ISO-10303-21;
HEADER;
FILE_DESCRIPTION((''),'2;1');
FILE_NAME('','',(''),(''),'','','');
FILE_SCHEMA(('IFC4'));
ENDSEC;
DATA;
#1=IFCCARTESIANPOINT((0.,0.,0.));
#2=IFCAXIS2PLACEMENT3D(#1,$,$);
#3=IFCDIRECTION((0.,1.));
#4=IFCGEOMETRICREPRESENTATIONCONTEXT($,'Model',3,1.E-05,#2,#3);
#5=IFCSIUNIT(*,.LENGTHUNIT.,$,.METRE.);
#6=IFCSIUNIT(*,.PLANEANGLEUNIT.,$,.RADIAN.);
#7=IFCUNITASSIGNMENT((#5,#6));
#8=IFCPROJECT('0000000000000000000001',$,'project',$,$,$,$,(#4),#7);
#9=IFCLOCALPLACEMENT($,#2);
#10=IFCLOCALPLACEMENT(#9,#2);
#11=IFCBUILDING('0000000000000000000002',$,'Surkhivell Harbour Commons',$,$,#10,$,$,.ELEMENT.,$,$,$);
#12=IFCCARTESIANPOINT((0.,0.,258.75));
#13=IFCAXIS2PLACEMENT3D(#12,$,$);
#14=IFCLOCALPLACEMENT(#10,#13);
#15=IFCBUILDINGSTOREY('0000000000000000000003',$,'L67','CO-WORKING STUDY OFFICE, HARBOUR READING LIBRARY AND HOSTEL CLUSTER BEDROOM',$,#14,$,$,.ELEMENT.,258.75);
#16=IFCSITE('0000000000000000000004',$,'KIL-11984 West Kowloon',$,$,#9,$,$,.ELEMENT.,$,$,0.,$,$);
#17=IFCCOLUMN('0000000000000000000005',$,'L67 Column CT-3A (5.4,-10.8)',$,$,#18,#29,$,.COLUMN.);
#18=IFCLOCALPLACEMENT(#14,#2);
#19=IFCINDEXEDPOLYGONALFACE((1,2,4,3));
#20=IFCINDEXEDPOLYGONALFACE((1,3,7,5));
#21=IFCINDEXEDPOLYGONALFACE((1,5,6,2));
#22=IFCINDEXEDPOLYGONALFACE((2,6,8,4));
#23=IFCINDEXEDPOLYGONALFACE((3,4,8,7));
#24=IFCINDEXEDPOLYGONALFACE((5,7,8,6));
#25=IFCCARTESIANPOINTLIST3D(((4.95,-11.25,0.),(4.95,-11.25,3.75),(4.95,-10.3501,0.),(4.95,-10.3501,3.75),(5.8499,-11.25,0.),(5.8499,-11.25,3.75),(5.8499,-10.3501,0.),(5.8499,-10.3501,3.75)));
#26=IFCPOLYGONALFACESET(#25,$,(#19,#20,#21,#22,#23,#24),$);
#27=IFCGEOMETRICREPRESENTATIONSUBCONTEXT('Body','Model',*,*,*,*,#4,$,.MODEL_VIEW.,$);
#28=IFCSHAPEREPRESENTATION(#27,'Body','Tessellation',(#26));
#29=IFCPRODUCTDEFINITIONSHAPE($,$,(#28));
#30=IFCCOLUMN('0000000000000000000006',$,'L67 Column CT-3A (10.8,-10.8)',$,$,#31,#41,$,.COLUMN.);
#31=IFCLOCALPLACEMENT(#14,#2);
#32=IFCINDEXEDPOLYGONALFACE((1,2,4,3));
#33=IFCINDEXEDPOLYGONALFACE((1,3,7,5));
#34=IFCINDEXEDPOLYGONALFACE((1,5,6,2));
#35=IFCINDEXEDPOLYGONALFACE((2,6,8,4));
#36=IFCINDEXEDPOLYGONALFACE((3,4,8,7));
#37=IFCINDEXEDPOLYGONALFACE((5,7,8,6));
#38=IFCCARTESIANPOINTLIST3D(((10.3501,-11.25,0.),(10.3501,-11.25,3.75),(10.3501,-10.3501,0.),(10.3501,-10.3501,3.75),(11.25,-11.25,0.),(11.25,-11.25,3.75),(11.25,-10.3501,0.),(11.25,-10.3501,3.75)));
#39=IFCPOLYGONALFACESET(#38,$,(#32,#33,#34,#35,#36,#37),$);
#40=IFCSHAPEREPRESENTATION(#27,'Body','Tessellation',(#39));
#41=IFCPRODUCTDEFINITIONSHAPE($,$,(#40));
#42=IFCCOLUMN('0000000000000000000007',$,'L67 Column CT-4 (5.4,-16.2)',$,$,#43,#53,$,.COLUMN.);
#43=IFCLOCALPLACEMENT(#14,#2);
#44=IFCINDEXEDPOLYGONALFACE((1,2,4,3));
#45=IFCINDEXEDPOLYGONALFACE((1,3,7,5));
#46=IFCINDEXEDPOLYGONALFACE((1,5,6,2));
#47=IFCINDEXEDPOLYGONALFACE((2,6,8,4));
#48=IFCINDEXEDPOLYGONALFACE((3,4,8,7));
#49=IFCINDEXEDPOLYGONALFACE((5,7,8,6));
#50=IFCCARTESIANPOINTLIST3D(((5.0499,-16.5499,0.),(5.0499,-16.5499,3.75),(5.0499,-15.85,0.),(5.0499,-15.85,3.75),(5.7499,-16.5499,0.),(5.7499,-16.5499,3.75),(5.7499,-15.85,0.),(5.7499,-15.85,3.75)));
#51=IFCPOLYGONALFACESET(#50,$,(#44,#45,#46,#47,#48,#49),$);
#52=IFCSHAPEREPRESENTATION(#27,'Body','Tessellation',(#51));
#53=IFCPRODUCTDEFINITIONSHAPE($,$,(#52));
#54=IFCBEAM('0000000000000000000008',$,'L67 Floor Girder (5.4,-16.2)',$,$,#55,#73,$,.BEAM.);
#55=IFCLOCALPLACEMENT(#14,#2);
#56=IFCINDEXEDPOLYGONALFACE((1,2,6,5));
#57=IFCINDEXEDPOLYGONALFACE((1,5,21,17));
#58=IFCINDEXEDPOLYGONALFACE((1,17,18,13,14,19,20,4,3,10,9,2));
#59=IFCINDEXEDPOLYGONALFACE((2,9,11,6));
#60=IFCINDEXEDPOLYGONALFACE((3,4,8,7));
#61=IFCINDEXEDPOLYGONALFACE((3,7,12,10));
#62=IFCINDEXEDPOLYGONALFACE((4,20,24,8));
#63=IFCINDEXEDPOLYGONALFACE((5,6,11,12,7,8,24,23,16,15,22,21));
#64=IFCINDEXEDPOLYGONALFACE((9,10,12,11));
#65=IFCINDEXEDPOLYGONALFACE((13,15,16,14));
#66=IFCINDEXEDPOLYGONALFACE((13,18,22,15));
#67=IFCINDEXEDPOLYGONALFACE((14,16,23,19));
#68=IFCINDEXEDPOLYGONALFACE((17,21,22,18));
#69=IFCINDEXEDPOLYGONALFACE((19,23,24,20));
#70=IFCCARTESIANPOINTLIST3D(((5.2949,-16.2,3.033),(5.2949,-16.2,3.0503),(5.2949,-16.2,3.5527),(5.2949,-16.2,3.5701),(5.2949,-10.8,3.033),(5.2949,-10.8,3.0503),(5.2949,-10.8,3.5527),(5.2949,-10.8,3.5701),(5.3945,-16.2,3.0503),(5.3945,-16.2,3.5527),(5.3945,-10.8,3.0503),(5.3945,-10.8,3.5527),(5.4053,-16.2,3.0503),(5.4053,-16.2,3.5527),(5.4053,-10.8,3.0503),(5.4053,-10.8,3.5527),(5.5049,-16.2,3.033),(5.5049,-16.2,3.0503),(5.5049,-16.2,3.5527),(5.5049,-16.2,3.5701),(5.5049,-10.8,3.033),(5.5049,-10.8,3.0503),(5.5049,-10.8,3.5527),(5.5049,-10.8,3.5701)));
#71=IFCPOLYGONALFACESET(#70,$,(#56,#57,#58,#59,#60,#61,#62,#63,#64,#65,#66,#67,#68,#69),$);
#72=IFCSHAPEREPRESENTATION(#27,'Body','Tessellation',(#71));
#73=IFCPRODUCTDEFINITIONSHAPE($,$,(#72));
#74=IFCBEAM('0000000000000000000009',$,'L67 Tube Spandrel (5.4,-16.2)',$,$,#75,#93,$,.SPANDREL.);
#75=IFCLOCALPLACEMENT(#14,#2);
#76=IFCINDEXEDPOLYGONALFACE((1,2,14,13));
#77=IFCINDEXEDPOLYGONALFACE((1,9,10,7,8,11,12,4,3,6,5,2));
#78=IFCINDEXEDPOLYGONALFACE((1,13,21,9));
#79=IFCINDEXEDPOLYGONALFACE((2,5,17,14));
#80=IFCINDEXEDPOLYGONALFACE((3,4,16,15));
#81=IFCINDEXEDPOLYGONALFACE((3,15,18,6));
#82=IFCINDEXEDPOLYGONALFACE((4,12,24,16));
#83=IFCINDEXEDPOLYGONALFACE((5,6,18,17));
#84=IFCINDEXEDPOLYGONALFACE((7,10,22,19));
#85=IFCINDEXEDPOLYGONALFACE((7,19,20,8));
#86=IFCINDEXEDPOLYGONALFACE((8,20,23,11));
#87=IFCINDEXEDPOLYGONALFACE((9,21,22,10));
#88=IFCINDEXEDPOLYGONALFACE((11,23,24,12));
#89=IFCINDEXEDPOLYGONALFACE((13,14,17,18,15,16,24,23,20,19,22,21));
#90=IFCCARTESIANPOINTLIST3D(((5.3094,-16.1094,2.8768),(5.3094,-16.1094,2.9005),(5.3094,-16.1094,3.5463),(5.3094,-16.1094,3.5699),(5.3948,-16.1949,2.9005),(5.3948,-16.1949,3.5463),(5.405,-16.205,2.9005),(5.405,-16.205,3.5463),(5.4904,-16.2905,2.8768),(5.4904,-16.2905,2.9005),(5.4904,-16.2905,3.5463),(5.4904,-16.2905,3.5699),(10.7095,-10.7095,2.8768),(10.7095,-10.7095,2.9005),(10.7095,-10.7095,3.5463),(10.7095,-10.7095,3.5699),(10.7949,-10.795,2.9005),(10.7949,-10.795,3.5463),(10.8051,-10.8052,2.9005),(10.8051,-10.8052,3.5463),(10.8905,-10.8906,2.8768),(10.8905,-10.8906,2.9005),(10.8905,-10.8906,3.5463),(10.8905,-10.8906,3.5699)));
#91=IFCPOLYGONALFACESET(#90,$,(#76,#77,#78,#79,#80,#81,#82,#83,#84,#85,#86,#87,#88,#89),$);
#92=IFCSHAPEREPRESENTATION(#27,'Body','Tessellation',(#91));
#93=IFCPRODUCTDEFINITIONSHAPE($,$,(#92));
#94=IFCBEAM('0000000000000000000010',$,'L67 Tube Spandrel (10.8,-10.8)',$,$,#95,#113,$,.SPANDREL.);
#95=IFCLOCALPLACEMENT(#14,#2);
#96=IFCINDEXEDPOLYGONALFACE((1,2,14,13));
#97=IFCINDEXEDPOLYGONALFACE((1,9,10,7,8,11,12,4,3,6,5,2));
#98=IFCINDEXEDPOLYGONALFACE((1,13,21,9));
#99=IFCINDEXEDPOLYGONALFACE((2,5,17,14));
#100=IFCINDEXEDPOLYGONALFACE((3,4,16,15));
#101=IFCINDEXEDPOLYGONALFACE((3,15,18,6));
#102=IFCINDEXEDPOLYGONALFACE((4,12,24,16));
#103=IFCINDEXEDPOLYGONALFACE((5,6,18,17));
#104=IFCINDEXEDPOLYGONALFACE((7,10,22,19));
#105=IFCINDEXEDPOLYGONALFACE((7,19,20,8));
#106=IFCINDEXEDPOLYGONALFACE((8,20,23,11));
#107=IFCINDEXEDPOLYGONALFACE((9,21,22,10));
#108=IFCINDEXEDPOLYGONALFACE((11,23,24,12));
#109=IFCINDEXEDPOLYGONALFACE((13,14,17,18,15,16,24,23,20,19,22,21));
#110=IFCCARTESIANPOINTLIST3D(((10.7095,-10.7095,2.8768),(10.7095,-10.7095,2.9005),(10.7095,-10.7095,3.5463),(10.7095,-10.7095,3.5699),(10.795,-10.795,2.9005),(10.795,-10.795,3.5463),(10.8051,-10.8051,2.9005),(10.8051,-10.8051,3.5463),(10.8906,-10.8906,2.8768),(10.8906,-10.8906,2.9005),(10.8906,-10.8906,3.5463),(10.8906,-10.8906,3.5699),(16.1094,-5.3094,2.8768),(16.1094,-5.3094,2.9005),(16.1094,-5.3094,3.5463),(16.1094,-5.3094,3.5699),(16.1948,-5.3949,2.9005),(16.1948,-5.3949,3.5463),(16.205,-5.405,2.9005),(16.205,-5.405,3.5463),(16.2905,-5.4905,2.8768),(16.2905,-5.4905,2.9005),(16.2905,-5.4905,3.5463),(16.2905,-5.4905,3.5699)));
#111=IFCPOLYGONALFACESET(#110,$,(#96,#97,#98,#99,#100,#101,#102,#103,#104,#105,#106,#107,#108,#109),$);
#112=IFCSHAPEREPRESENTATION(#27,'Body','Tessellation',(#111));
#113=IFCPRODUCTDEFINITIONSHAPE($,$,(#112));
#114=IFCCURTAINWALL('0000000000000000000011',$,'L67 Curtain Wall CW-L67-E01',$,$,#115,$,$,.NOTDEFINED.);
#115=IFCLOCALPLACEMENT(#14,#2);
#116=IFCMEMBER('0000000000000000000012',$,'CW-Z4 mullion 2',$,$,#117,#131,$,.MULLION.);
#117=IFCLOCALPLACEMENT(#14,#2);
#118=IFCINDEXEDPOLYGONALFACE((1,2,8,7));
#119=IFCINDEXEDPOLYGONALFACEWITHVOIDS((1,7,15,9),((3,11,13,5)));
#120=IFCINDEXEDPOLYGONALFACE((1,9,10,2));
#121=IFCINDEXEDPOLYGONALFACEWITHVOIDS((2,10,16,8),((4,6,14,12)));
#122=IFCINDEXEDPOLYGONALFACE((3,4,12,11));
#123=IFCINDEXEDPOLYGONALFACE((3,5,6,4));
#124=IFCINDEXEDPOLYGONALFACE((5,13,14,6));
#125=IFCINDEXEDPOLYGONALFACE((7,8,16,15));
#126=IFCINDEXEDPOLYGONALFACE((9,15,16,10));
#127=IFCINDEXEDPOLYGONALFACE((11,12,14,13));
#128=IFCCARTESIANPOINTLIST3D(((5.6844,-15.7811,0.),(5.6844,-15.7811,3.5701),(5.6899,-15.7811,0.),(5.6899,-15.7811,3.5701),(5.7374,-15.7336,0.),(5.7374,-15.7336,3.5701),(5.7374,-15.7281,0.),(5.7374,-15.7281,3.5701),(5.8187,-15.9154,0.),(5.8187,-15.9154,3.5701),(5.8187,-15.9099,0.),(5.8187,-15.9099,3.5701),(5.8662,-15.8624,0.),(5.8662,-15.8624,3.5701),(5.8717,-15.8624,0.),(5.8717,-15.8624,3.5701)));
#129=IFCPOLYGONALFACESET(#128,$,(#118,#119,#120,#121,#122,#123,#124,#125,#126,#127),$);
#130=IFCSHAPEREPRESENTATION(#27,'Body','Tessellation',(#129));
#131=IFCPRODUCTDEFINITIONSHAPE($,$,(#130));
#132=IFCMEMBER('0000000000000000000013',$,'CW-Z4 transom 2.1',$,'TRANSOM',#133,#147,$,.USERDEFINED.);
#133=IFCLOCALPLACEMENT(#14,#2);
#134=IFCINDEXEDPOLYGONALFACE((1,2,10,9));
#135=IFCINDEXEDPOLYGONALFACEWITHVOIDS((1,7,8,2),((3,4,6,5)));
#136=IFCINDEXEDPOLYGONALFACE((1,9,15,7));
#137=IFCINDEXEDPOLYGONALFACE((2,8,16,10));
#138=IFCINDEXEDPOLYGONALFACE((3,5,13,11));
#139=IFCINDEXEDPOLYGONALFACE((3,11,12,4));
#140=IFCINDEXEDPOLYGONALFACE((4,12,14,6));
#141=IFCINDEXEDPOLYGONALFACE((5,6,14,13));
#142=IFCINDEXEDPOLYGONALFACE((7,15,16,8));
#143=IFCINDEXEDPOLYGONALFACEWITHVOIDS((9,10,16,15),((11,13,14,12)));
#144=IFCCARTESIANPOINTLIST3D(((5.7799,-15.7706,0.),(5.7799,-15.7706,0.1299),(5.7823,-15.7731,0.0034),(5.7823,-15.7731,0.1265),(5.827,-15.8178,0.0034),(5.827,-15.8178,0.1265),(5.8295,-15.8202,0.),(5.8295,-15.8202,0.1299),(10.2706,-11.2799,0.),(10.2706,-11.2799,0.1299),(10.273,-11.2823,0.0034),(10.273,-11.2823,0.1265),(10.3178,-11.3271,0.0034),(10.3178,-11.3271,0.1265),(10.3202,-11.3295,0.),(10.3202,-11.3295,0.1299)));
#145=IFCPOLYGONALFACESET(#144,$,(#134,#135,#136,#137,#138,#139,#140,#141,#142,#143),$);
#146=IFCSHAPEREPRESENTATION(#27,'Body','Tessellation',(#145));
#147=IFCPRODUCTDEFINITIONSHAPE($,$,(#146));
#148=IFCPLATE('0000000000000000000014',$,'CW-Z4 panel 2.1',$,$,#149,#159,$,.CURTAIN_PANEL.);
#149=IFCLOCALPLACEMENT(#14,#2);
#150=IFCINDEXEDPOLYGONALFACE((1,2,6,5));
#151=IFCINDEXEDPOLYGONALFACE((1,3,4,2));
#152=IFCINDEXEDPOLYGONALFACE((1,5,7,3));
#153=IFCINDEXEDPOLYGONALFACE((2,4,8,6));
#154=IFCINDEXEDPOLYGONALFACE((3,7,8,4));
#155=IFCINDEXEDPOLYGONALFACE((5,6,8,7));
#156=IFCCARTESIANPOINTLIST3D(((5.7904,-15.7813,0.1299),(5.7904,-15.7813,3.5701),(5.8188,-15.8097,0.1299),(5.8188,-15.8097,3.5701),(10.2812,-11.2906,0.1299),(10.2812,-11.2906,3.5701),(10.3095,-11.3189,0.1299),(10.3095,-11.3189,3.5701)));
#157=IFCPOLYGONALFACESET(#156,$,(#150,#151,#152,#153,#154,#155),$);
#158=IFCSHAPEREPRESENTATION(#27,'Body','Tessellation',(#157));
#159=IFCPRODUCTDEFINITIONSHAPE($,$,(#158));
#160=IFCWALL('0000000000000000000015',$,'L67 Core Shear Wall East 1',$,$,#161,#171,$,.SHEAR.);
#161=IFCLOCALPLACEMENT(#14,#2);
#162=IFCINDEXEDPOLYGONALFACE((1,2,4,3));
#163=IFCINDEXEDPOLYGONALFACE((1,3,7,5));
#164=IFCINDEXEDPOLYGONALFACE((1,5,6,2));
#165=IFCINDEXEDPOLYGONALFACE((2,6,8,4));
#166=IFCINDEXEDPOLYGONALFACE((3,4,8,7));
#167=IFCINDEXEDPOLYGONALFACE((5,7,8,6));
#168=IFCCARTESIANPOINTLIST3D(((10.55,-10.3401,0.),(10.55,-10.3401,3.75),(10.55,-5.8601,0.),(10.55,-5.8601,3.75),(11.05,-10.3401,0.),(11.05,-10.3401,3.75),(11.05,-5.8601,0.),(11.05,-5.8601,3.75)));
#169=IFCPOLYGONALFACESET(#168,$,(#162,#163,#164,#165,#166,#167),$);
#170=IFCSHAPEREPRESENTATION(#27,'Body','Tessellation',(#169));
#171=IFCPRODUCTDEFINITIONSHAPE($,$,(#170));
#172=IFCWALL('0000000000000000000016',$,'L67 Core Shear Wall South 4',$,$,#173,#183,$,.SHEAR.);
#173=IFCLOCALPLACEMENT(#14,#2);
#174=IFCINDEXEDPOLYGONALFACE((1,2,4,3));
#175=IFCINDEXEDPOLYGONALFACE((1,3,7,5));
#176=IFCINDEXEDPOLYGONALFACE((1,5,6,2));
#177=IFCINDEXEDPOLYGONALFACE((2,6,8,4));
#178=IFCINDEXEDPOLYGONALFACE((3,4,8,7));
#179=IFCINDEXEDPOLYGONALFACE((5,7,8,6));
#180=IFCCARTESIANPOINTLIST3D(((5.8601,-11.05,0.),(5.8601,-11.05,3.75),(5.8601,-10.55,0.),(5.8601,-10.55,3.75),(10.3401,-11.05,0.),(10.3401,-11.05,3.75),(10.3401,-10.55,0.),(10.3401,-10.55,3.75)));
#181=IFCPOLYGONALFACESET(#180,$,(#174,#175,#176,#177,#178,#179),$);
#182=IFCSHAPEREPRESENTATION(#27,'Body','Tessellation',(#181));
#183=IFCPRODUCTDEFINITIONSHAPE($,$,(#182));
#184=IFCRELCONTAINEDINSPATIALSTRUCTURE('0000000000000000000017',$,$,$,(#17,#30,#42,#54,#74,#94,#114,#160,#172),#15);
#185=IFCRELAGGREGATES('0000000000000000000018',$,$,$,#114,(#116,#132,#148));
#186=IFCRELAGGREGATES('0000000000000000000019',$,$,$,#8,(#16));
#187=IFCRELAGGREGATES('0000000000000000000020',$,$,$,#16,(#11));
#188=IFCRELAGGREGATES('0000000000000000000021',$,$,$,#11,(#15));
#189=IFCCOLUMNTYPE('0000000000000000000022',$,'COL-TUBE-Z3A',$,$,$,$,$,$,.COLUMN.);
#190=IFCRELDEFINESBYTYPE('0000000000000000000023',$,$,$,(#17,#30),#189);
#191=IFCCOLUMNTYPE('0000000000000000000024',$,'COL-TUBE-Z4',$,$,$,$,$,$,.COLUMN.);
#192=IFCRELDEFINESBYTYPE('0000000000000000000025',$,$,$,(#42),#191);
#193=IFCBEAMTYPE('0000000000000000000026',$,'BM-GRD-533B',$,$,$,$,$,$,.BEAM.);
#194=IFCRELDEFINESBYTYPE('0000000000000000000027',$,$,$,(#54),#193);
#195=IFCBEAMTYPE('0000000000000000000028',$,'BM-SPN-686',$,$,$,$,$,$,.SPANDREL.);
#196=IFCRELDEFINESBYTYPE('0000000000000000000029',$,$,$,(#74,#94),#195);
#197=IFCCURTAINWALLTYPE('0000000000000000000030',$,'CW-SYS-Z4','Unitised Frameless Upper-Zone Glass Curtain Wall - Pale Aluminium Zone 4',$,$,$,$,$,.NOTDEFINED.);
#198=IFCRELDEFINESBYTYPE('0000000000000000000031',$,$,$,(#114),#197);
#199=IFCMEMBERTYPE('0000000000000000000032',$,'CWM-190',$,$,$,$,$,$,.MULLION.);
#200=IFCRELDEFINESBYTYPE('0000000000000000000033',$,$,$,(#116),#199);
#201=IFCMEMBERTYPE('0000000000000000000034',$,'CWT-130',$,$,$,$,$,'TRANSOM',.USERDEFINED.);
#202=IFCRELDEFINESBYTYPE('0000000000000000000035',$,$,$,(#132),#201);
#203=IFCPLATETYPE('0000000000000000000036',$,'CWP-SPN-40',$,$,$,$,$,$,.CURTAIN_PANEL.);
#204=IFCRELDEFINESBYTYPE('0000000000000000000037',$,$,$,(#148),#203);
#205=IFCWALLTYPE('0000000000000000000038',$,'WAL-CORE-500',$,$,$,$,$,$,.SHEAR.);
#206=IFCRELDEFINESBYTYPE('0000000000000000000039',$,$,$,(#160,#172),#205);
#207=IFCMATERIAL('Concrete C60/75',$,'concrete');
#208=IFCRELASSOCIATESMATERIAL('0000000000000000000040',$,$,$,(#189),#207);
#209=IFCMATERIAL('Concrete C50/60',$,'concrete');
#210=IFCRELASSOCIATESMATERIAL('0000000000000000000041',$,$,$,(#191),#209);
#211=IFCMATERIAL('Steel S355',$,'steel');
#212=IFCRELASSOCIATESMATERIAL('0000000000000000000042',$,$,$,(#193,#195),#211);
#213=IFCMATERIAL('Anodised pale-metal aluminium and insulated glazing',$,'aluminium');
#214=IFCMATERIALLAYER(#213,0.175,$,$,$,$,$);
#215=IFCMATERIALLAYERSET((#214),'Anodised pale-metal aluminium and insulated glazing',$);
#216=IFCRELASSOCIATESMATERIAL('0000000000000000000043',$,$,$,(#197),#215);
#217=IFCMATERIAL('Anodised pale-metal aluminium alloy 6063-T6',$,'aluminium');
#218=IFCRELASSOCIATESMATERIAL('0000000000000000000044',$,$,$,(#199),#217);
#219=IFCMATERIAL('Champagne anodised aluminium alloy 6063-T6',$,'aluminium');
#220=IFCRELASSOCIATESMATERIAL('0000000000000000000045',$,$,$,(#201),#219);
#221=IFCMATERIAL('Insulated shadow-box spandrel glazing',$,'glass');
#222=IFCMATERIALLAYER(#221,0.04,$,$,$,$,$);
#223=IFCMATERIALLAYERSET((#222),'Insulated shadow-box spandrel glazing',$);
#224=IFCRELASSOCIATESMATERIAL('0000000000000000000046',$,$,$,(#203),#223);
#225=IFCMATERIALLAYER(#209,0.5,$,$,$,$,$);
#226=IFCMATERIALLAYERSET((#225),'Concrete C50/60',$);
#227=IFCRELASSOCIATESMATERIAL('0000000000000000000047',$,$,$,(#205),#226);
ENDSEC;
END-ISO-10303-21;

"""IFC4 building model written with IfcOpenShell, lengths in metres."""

from ifc_helpers import new_model, si_unit, direction, frame, frame_2d, origin, origin_2d, place, context, subcontext, project, spatial, rectangle, hollow_rectangle, i_section, extrude, material, layer, layer_set, material_profile, profile_set, type_object, element, aggregate, save


model = new_model("IFC4")

# Units and contexts
model_context = context("Model", 3, precision=1e-05, world=origin(), true_north=direction((0.0, 1.0)))
body_context = subcontext(model_context, "Body", "Model", "MODEL_VIEW")
ifc_project = project(units=[si_unit("LENGTHUNIT", "METRE"), si_unit("PLANEANGLEUNIT", "RADIAN")], contexts=[model_context])

# Site, building, storey
site_placement = place(None, origin())
site = spatial("IfcSite", under=ifc_project, at=site_placement, Name="KIL-11984 West Kowloon", CompositionType="ELEMENT", RefElevation=0.0)
building_placement = place(site_placement, origin())
building = spatial("IfcBuilding", under=site, at=building_placement, Name="Surkhivell Harbour Commons", CompositionType="ELEMENT")
storey_placement = place(building_placement, frame((0.0, 0.0, 258.75)))
storey = spatial("IfcBuildingStorey", under=building, at=storey_placement, Name="L67", Description="CO-WORKING STUDY OFFICE, HARBOUR READING LIBRARY AND HOSTEL CLUSTER BEDROOM", CompositionType="ELEMENT", Elevation=258.75)

# Columns
ifc_material_1 = material(Name="Concrete C60/75", Category="concrete")
ifc_material_profile_1 = material_profile(ifc_material_1, rectangle(XDim=0.8999, YDim=0.8999, at=origin_2d()), Name="RC-COL-900x900")
ifc_profile_set_1 = profile_set([ifc_material_profile_1], Name="Concrete C60/75")
column_type_1 = type_object("IfcColumnType", Name="COL-TUBE-Z3A", PredefinedType="COLUMN", material=ifc_profile_set_1)
for number, where, z_axis, x_axis, name in (
    (1, (5.3999, -10.8, 0.0), (0.0, 0.0, 1.0), (1.0, 0.0, 0.0), "L67 Column CT-3A (5.4,-10.8)"),
    (2, (10.8, -10.8, 0.0), (0.0, 0.0, 1.0), (1.0, 0.0, 0.0), "L67 Column CT-3A (10.8,-10.8)"),
):
    element("IfcColumn", number, at=place(storey_placement, frame(where, z_axis=z_axis, x_axis=x_axis)), inside=storey, type_object=column_type_1, Name=name, PredefinedType="COLUMN", context=body_context, shape_type="SweptSolid", body=[
        extrude(rectangle(XDim=0.8999, YDim=0.8999, at=origin_2d()), origin(), (0.0, 0.0, 1.0), 3.75),
    ])
ifc_material_2 = material(Name="Concrete C50/60", Category="concrete")
ifc_material_profile_2 = material_profile(ifc_material_2, rectangle(XDim=0.7, YDim=0.7, at=origin_2d()), Name="RC-COL-700x700")
ifc_profile_set_2 = profile_set([ifc_material_profile_2], Name="Concrete C50/60")
column_type_2 = type_object("IfcColumnType", Name="COL-TUBE-Z4", PredefinedType="COLUMN", material=ifc_profile_set_2)
column_placement = place(storey_placement, frame((5.3999, -16.2, 0.0), z_axis=(0.0, 0.0, 1.0), x_axis=(1.0, 0.0, 0.0)))
element("IfcColumn", 3, at=column_placement, inside=storey, type_object=column_type_2, Name="L67 Column CT-4 (5.4,-16.2)", PredefinedType="COLUMN", context=body_context, shape_type="SweptSolid", body=[
    extrude(rectangle(XDim=0.7, YDim=0.7, at=origin_2d()), origin(), (0.0, 0.0, 1.0), 3.75),
])

# Beams
ifc_material_3 = material(Name="Steel S355", Category="steel")
ifc_material_profile_3 = material_profile(ifc_material_3, i_section(OverallWidth=0.21, OverallDepth=0.5371, WebThickness=0.0107, FlangeThickness=0.0173, at=origin_2d()), Name="UB533x210x101")
ifc_profile_set_3 = profile_set([ifc_material_profile_3], Name="Steel S355")
beam_type_1 = type_object("IfcBeamType", Name="BM-GRD-533B", PredefinedType="BEAM", material=ifc_profile_set_3)
beam_placement = place(storey_placement, frame((5.3999, -16.2, 3.3015), z_axis=(0.0, 1.0, 0.0), x_axis=(-1.0, 0.0, 0.0)))
element("IfcBeam", 4, at=beam_placement, inside=storey, type_object=beam_type_1, Name="L67 Floor Girder (5.4,-16.2)", PredefinedType="BEAM", context=body_context, shape_type="SweptSolid", body=[
    extrude(i_section(OverallWidth=0.21, OverallDepth=0.5371, WebThickness=0.0107, FlangeThickness=0.0173, at=origin_2d()), origin(), (0.0, 0.0, 1.0), 5.3999),
])
ifc_material_profile_4 = material_profile(ifc_material_3, i_section(OverallWidth=0.2561, OverallDepth=0.6931, WebThickness=0.0144, FlangeThickness=0.0237, at=origin_2d()), Name="UB686x254x170")
ifc_profile_set_4 = profile_set([ifc_material_profile_4], Name="Steel S355")
beam_type_2 = type_object("IfcBeamType", Name="BM-SPN-686", PredefinedType="SPANDREL", material=ifc_profile_set_4)
for number, where, z_axis, x_axis, name in (
    (5, (5.3999, -16.2, 3.2234), (0.707123, 0.707091, 0.0), (-0.707091, 0.707123, 0.0), "L67 Tube Spandrel (5.4,-16.2)"),
    (6, (10.8, -10.8, 3.2234), (0.707091, 0.707123, 0.0), (-0.707123, 0.707091, 0.0), "L67 Tube Spandrel (10.8,-10.8)"),
):
    element("IfcBeam", number, at=place(storey_placement, frame(where, z_axis=z_axis, x_axis=x_axis)), inside=storey, type_object=beam_type_2, Name=name, PredefinedType="SPANDREL", context=body_context, shape_type="SweptSolid", body=[
        extrude(i_section(OverallWidth=0.2561, OverallDepth=0.6931, WebThickness=0.0144, FlangeThickness=0.0237, at=origin_2d()), origin(), (0.0, 0.0, 1.0), 7.6367),
    ])

# Curtain wall, members, plate
ifc_material_4 = material(Name="Anodised pale-metal aluminium and insulated glazing", Category="aluminium")
ifc_layer_1 = layer(ifc_material_4, 0.175)
ifc_layer_set_1 = layer_set([ifc_layer_1], Name="Anodised pale-metal aluminium and insulated glazing")
curtain_wall_type = type_object("IfcCurtainWallType", Name="CW-SYS-Z4", Description="Unitised Frameless Upper-Zone Glass Curtain Wall - Pale Aluminium Zone 4", PredefinedType="NOTDEFINED", material=ifc_layer_set_1)
curtain_wall_placement = place(storey_placement, origin())
curtain_wall = element("IfcCurtainWall", 7, at=curtain_wall_placement, inside=storey, type_object=curtain_wall_type, Name="L67 Curtain Wall CW-L67-E01", PredefinedType="NOTDEFINED")
ifc_material_5 = material(Name="Anodised pale-metal aluminium alloy 6063-T6", Category="aluminium")
ifc_material_profile_5 = material_profile(ifc_material_5, hollow_rectangle(XDim=0.075, YDim=0.1899, WallThickness=0.0039, at=origin_2d()), Name="ALU-MULL-75x190")
ifc_profile_set_5 = profile_set([ifc_material_profile_5], Name="Anodised pale-metal aluminium alloy 6063-T6")
member_type_1 = type_object("IfcMemberType", Name="CWM-190", PredefinedType="MULLION", material=ifc_profile_set_5)
member_1_placement = place(storey_placement, frame((5.7781, -15.8218, 0.0), z_axis=(0.0, 0.0, 1.0), x_axis=(0.707107, 0.707107, 0.0)))
member_1 = element("IfcMember", 8, at=member_1_placement, type_object=member_type_1, Name="CW-Z4 mullion 2", PredefinedType="MULLION", context=body_context, shape_type="SweptSolid", body=[
    extrude(hollow_rectangle(XDim=0.075, YDim=0.1899, WallThickness=0.0039, at=origin_2d()), origin(), (0.0, 0.0, 1.0), 3.5701),
])
ifc_material_6 = material(Name="Champagne anodised aluminium alloy 6063-T6", Category="aluminium")
ifc_material_profile_6 = material_profile(ifc_material_6, hollow_rectangle(XDim=0.0701, YDim=0.1299, WallThickness=0.0034, at=origin_2d()), Name="ALU-TRAN-70x130")
ifc_profile_set_6 = profile_set([ifc_material_profile_6], Name="Champagne anodised aluminium alloy 6063-T6")
member_type_2 = type_object("IfcMemberType", Name="CWT-130", ElementType="TRANSOM", PredefinedType="USERDEFINED", material=ifc_profile_set_6)
member_2_placement = place(storey_placement, frame((5.8047, -15.7954, 0.0649), z_axis=(0.707107, 0.707107, 0.0), x_axis=(-0.707107, 0.707107, 0.0)))
member_2 = element("IfcMember", 9, at=member_2_placement, type_object=member_type_2, Name="CW-Z4 transom 2.1", ObjectType="TRANSOM", PredefinedType="USERDEFINED", context=body_context, shape_type="SweptSolid", body=[
    extrude(hollow_rectangle(XDim=0.0701, YDim=0.1299, WallThickness=0.0034, at=origin_2d()), origin(), (0.0, 0.0, 1.0), 6.3508),
])
ifc_material_7 = material(Name="Insulated shadow-box spandrel glazing", Category="glass")
ifc_layer_2 = layer(ifc_material_7, 0.04)
ifc_layer_set_2 = layer_set([ifc_layer_2], Name="Insulated shadow-box spandrel glazing")
plate_type = type_object("IfcPlateType", Name="CWP-SPN-40", PredefinedType="CURTAIN_PANEL", material=ifc_layer_set_2)
plate_placement = place(storey_placement, frame((5.8047, -15.7954, 0.1299), z_axis=(0.0, 0.0, 1.0), x_axis=(0.707107, 0.707107, 0.0)))
plate = element("IfcPlate", 10, at=plate_placement, type_object=plate_type, Name="CW-Z4 panel 2.1", PredefinedType="CURTAIN_PANEL", context=body_context, shape_type="SweptSolid", body=[
    extrude(rectangle(XDim=6.3508, YDim=0.04, at=frame_2d((3.1753, 0.0))), origin(), (0.0, 0.0, 1.0), 3.4402),
])
aggregate(curtain_wall, [member_1, member_2, plate])

# Walls
ifc_layer_3 = layer(ifc_material_2, 0.5)
ifc_layer_set_3 = layer_set([ifc_layer_3], Name="Concrete C50/60")
wall_type_1 = type_object("IfcWallType", Name="WAL-CORE-500", PredefinedType="SHEAR", material=ifc_layer_set_3)
for number, where, z_axis, x_axis, name in (
    (11, (10.8, -10.3401, 0.0), (0.0, 0.0, 1.0), (0.0, 1.0, 0.0), "L67 Core Shear Wall East 1"),
    (12, (5.8601, -10.8, 0.0), (0.0, 0.0, 1.0), (1.0, 0.0, 0.0), "L67 Core Shear Wall South 4"),
):
    element("IfcWall", number, at=place(storey_placement, frame(where, z_axis=z_axis, x_axis=x_axis)), inside=storey, type_object=wall_type_1, Name=name, PredefinedType="SHEAR", context=body_context, shape_type="SweptSolid", body=[
        extrude(rectangle(XDim=4.48, YDim=0.5, at=frame_2d((2.24, 0.0))), origin(), (0.0, 0.0, 1.0), 3.75),
    ])

save(model, "model.ifc")
